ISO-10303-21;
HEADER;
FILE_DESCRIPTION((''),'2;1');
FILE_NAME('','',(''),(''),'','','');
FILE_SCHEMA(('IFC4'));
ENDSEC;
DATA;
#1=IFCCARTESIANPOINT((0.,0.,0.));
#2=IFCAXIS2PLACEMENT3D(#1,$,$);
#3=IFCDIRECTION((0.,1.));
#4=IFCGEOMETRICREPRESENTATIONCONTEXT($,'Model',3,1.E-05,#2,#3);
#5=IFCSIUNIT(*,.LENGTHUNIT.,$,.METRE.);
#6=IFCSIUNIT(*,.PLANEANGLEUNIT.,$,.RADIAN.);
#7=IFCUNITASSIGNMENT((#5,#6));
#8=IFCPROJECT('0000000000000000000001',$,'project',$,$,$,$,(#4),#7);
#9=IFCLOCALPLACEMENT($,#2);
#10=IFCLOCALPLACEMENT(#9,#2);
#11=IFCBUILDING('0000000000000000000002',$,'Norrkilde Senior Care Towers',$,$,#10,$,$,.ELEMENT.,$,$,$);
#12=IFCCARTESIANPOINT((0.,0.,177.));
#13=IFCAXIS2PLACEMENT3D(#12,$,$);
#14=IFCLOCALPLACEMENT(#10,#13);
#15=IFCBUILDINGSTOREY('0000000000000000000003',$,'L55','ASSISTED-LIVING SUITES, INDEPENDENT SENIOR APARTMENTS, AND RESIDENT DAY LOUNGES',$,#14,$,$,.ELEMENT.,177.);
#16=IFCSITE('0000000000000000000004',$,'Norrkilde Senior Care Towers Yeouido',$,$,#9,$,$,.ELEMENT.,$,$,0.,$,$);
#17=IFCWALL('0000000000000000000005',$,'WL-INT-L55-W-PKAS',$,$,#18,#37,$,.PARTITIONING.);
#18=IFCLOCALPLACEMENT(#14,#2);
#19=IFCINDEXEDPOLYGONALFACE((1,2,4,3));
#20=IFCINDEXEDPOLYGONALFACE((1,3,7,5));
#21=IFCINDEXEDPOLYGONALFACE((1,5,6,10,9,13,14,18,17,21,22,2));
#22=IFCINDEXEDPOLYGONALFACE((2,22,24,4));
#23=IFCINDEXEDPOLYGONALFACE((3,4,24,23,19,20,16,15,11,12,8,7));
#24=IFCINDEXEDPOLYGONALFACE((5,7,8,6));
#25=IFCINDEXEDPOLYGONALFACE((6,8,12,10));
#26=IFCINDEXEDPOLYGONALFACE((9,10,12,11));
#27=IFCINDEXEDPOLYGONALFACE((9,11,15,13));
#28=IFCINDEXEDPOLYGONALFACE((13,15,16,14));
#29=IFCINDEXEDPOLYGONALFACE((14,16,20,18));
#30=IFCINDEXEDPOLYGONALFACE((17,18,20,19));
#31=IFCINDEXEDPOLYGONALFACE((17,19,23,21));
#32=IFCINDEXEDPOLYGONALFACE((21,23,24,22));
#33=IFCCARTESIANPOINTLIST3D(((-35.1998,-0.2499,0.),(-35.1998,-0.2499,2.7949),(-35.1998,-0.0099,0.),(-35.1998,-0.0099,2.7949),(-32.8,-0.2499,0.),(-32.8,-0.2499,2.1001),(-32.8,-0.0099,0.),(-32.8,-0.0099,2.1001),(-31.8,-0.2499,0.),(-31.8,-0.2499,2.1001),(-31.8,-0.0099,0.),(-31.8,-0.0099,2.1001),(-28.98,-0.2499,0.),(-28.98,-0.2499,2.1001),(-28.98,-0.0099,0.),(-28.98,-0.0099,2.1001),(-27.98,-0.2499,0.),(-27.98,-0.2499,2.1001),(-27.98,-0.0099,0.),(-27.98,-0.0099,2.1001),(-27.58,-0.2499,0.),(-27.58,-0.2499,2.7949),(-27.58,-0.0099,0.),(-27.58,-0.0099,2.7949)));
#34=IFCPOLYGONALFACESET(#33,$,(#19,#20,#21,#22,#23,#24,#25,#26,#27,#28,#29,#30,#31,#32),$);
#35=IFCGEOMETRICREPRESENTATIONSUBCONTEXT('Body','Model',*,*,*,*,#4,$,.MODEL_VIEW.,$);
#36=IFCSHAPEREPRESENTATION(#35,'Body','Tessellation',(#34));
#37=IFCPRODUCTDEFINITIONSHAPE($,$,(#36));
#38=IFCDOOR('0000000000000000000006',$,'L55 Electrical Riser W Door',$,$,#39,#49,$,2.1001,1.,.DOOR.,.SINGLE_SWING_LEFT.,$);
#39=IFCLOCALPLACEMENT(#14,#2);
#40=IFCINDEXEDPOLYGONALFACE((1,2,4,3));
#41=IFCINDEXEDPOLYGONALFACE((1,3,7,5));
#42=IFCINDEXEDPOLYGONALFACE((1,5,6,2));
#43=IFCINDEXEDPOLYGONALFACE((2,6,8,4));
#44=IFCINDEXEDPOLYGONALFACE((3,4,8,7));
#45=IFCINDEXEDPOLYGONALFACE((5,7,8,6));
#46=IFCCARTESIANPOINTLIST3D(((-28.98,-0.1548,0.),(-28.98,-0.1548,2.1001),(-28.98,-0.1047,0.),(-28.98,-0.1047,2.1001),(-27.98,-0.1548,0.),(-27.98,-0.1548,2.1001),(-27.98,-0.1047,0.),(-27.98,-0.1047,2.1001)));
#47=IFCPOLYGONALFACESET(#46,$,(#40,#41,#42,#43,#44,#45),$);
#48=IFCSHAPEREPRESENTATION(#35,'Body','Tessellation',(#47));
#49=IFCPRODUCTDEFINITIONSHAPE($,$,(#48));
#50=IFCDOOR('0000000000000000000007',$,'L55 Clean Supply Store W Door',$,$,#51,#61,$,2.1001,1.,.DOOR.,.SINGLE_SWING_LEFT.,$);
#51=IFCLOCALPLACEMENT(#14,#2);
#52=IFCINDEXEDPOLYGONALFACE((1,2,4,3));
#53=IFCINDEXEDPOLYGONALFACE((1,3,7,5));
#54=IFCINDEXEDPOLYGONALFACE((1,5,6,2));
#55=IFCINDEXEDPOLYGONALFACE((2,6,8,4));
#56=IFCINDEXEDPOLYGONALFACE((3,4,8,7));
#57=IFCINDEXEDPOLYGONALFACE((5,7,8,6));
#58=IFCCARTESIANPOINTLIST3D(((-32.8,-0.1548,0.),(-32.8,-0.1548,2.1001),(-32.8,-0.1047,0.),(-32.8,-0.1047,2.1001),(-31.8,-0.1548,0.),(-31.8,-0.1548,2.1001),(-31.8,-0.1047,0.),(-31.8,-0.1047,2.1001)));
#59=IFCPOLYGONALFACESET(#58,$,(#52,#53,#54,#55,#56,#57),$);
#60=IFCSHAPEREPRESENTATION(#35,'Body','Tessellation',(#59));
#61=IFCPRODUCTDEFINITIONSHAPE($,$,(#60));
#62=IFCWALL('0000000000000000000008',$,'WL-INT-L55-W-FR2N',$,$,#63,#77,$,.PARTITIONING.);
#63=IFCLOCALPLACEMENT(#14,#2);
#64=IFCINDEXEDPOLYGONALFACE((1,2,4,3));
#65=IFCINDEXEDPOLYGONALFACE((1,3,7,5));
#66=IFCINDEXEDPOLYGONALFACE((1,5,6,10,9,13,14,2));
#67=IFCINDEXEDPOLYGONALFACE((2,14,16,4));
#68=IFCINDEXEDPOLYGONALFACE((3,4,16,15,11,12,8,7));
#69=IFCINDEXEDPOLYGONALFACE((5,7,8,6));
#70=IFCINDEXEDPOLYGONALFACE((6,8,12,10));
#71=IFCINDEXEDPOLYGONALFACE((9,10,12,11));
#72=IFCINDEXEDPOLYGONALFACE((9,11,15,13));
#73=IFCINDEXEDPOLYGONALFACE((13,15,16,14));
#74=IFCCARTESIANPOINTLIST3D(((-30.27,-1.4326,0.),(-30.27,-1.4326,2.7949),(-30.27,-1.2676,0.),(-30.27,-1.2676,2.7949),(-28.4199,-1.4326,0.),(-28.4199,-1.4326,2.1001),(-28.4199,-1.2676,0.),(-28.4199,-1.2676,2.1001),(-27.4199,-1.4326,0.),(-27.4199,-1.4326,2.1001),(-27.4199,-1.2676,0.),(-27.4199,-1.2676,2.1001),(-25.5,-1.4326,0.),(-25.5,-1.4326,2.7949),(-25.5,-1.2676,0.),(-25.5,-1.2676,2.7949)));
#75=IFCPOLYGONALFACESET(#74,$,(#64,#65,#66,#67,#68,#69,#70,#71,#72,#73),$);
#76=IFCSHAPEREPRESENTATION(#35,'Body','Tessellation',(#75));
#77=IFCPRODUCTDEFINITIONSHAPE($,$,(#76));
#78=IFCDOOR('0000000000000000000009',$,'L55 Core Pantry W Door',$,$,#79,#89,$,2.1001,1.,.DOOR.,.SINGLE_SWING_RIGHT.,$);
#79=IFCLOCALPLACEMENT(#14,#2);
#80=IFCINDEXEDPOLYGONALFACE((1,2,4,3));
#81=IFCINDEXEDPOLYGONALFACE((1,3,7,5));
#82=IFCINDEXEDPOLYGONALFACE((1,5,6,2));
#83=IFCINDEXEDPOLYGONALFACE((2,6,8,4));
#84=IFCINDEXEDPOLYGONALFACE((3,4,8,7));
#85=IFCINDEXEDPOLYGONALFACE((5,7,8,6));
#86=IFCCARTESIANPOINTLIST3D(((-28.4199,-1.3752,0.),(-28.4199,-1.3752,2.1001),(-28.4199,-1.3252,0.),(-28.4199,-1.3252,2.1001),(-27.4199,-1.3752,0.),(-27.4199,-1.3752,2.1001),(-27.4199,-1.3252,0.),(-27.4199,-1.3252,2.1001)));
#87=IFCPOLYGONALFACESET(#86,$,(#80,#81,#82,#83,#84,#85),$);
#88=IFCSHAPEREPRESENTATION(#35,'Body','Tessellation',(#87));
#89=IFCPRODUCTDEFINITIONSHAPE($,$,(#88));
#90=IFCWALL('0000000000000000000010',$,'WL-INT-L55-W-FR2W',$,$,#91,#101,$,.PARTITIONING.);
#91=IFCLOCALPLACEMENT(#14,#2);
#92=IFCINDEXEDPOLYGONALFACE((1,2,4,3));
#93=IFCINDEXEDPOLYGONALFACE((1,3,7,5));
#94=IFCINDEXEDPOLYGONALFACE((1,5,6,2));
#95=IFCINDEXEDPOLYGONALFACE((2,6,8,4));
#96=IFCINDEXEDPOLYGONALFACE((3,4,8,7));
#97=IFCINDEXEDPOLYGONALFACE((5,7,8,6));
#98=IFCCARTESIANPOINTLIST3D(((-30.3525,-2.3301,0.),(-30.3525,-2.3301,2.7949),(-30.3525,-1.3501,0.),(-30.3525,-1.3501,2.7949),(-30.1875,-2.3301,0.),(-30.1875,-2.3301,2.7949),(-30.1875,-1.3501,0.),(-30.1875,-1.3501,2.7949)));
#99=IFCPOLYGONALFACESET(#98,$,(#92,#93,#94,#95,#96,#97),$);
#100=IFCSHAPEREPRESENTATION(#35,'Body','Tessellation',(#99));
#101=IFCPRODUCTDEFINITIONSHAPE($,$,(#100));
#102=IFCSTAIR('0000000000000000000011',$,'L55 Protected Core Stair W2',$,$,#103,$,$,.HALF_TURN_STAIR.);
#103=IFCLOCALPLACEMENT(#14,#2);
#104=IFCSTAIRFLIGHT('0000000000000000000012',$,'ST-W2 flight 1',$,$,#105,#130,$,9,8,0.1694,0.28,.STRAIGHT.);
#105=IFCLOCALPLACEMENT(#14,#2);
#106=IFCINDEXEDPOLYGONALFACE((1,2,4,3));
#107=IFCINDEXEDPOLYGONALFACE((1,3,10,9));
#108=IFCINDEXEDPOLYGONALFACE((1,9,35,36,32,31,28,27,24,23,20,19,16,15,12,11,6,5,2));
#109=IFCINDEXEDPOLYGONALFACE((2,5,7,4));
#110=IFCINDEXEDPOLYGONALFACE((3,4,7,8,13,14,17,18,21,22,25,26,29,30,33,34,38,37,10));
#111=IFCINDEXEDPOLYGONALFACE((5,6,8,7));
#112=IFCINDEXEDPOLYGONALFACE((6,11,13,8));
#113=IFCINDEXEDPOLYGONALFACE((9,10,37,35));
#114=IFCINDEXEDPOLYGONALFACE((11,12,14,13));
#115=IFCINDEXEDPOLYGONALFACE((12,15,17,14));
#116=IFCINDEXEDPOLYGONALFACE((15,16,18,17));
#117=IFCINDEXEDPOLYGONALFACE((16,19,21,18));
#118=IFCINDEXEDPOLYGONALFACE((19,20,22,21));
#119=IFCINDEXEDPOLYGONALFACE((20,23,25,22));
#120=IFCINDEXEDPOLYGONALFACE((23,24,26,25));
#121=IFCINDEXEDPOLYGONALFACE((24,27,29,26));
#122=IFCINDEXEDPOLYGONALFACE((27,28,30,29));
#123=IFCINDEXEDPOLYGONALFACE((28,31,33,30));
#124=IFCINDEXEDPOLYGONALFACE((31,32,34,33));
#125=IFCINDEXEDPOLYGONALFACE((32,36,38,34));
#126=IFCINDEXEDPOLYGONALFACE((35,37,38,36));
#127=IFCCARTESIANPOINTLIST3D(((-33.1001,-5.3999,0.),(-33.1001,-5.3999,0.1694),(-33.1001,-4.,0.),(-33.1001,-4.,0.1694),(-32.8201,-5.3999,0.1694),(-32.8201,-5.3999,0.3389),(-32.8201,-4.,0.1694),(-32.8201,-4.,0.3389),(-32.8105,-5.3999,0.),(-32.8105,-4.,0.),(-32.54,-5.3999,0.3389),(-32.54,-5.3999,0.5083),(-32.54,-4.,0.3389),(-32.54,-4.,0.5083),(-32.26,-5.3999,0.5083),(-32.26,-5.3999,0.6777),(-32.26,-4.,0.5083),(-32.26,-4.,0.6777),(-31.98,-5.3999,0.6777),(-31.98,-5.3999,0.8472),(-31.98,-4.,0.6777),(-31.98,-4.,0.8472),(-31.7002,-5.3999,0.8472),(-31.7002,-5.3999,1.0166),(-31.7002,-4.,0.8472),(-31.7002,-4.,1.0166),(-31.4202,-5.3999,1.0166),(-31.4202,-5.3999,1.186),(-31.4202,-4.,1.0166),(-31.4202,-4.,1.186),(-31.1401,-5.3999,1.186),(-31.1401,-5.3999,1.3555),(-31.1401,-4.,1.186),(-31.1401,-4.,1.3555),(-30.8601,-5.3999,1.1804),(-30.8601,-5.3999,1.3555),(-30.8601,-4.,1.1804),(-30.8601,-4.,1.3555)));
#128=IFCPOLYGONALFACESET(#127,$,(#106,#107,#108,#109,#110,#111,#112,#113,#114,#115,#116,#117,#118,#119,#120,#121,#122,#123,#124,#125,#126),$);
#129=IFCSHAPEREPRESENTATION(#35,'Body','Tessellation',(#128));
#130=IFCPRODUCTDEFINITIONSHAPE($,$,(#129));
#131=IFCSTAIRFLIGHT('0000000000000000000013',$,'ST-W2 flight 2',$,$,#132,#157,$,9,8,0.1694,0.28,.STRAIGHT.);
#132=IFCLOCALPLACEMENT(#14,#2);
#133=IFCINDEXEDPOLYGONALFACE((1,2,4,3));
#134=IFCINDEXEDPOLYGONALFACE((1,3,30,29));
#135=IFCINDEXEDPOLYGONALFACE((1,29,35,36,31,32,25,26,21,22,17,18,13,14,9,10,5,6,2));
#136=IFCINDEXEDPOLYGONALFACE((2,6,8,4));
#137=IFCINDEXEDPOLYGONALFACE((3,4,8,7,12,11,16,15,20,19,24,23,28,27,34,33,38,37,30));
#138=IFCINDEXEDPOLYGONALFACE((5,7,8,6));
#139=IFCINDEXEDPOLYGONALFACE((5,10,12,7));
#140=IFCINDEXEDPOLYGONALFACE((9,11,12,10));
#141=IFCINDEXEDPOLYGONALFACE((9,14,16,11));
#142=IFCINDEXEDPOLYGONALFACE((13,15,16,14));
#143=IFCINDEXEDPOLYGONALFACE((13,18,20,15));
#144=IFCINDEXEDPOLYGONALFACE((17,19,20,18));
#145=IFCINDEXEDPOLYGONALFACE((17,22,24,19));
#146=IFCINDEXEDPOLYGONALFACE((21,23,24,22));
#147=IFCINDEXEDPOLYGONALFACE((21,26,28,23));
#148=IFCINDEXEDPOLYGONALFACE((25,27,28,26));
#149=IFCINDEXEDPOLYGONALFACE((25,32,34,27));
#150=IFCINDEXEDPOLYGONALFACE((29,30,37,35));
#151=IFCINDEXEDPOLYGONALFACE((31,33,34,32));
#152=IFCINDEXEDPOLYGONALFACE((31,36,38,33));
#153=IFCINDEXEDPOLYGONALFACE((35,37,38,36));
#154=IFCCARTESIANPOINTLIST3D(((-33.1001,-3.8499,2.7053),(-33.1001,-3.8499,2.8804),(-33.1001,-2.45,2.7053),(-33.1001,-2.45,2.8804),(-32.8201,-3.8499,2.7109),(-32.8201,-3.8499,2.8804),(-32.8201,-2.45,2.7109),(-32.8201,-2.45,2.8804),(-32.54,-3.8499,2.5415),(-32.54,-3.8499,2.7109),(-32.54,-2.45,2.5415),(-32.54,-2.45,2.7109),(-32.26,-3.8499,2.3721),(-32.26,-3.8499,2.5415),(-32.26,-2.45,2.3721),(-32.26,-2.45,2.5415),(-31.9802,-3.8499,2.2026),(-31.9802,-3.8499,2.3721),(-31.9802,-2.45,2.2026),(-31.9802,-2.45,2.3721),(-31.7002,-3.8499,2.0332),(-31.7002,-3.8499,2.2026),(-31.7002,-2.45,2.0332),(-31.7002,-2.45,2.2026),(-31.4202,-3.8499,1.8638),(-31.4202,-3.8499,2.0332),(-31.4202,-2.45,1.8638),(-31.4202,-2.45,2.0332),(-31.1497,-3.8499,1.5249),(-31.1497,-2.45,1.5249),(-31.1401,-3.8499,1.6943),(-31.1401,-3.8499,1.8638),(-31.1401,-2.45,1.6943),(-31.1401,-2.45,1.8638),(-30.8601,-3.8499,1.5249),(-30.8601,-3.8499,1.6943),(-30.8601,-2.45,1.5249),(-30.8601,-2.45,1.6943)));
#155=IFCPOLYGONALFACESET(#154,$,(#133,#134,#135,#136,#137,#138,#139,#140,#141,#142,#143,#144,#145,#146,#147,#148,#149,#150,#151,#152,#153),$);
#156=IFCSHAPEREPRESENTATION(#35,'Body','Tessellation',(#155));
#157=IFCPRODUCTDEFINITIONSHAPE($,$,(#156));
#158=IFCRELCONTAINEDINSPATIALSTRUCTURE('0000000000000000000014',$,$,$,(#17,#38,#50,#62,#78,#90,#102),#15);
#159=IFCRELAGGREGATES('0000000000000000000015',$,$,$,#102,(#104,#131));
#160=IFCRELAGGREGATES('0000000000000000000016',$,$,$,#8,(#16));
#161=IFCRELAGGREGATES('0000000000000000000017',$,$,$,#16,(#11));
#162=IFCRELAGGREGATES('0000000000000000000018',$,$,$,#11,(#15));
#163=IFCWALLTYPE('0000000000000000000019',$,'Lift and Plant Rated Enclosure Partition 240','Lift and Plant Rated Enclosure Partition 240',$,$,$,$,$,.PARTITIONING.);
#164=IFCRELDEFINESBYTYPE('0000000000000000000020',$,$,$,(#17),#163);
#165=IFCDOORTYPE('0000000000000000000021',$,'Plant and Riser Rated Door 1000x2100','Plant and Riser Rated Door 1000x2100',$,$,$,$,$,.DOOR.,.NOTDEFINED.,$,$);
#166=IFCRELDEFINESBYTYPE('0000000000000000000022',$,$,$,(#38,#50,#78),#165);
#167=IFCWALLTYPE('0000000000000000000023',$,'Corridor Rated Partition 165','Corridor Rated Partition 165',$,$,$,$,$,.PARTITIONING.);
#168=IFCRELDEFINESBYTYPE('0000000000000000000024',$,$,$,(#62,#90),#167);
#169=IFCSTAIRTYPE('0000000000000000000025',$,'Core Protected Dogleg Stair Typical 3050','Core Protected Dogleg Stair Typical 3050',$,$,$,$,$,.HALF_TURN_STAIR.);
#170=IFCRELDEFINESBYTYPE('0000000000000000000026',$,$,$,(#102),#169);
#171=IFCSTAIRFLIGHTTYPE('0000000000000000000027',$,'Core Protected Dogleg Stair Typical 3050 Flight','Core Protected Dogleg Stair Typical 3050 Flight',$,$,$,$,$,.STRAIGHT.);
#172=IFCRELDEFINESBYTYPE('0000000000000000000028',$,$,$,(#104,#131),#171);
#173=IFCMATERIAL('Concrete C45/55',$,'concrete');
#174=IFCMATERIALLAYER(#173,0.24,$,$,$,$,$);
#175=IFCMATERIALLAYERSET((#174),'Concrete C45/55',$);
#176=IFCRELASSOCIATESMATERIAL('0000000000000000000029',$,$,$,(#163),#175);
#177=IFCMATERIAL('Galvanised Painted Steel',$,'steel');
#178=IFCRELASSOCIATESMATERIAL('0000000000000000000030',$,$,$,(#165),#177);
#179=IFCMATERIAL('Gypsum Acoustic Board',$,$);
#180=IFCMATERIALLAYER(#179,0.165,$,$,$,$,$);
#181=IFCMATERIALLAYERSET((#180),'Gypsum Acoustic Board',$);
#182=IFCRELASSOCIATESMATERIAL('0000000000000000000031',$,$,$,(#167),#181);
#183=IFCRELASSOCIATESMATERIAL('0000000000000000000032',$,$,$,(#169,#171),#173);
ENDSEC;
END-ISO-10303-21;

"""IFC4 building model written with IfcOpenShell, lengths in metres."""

from ifc_helpers import new_model, si_unit, direction, frame, frame_2d, origin, place, context, subcontext, project, spatial, polyline, rectangle, outline, extrude, source, transform, mapped, material, layer, layer_set, type_object, type_shapes, element, fill, aggregate, save


model = new_model("IFC4")

# Units and contexts
model_context = context("Model", 3, precision=1e-05, world=origin(), true_north=direction((0.0, 1.0)))
body_context = subcontext(model_context, "Body", "Model", "MODEL_VIEW")
ifc_project = project(units=[si_unit("LENGTHUNIT", "METRE"), si_unit("PLANEANGLEUNIT", "RADIAN")], contexts=[model_context])

# Site, building, storey
site_placement = place(None, origin())
site = spatial("IfcSite", under=ifc_project, at=site_placement, Name="Norrkilde Senior Care Towers Yeouido", CompositionType="ELEMENT", RefElevation=0.0)
building_placement = place(site_placement, origin())
building = spatial("IfcBuilding", under=site, at=building_placement, Name="Norrkilde Senior Care Towers", CompositionType="ELEMENT")
storey_placement = place(building_placement, frame((0.0, 0.0, 177.0)))
storey = spatial("IfcBuildingStorey", under=building, at=storey_placement, Name="L55", Description="ASSISTED-LIVING SUITES, INDEPENDENT SENIOR APARTMENTS, AND RESIDENT DAY LOUNGES", CompositionType="ELEMENT", Elevation=177.0)

# Shared definitions
ifc_material_1 = material(Name="Concrete C45/55", Category="concrete")

# Wall, openings, doors
ifc_layer_1 = layer(ifc_material_1, 0.24)
ifc_layer_set_1 = layer_set([ifc_layer_1], Name="Concrete C45/55")
wall_type_1 = type_object("IfcWallType", Name="Lift and Plant Rated Enclosure Partition 240", Description="Lift and Plant Rated Enclosure Partition 240", PredefinedType="PARTITIONING", material=ifc_layer_set_1)
shared_shape_1 = source(origin(), body_context, "Body", "SweptSolid", [
    extrude(rectangle(XDim=7.6199, YDim=0.24, at=frame_2d((3.8101, 0.0))), origin(), (0.0, 0.0, 1.0), 2.7949),
])
type_shapes(wall_type_1, [shared_shape_1])
wall_1_placement = place(storey_placement, frame((-35.2, -0.1299, 0.0), z_axis=(0.0, 0.0, 1.0), x_axis=(1.0, 0.0, 0.0)))
wall_1 = element("IfcWall", 1, at=wall_1_placement, inside=storey, type_object=wall_type_1, Name="WL-INT-L55-W-PKAS", PredefinedType="PARTITIONING", context=body_context, shape_type="MappedRepresentation", body=[
    mapped(shared_shape_1, transform((0.0, 0.0, 0.0), x_axis=(1.0, 0.0, 0.0), y_axis=(0.0, 1.0, 0.0), z_axis=(0.0, 0.0, 1.0), scale=1.0)),
])
opening_1_placement = place(wall_1_placement, frame((6.22, 0.0, 0.0)))
opening_1 = element("IfcOpeningElement", 2, at=opening_1_placement, cuts=wall_1, PredefinedType="OPENING", context=body_context, shape_type="SweptSolid", body=[
    extrude(rectangle(XDim=1.0, YDim=2.1001, at=frame_2d((0.5, 1.05))), frame((0.0, 0.1299, 0.0), z_axis=(0.0, -1.0, 0.0), x_axis=(1.0, 0.0, 0.0)), (0.0, 0.0, 1.0), 0.26),
])
opening_2_placement = place(wall_1_placement, frame((2.3999, 0.0, 0.0)))
opening_2 = element("IfcOpeningElement", 3, at=opening_2_placement, cuts=wall_1, PredefinedType="OPENING", context=body_context, shape_type="SweptSolid", body=[
    extrude(rectangle(XDim=1.0, YDim=2.1001, at=frame_2d((0.5, 1.05))), frame((0.0, 0.1299, 0.0), z_axis=(0.0, -1.0, 0.0), x_axis=(1.0, 0.0, 0.0)), (0.0, 0.0, 1.0), 0.26),
])
ifc_material_2 = material(Name="Galvanised Painted Steel", Category="steel")
door_type = type_object("IfcDoorType", Name="Plant and Riser Rated Door 1000x2100", Description="Plant and Riser Rated Door 1000x2100", OperationType="NOTDEFINED", PredefinedType="DOOR", material=ifc_material_2)
shared_shape_2 = source(origin(), body_context, "Body", "SweptSolid", [
    extrude(rectangle(XDim=1.0, YDim=2.1001, at=frame_2d((0.5, 1.05))), frame((0.0, 0.0249, 0.0), z_axis=(0.0, -1.0, 0.0), x_axis=(1.0, 0.0, 0.0)), (0.0, 0.0, 1.0), 0.05),
])
type_shapes(door_type, [shared_shape_2])
door_1_placement = place(opening_1_placement, frame((1.0, 0.0, 0.0), z_axis=(0.0, 0.0, 1.0), x_axis=(-1.0, 0.0, 0.0)))
door_1 = element("IfcDoor", 4, at=door_1_placement, inside=storey, type_object=door_type, Name="L55 Electrical Riser W Door", OperationType="SINGLE_SWING_LEFT", OverallHeight=2.1001, OverallWidth=1.0, PredefinedType="DOOR", context=body_context, shape_type="MappedRepresentation", body=[
    mapped(shared_shape_2, transform((0.0, 0.0, 0.0), x_axis=(1.0, 0.0, 0.0), y_axis=(0.0, 1.0, 0.0), z_axis=(0.0, 0.0, 1.0), scale=1.0)),
])
fill(opening_1, door_1)
door_2_placement = place(opening_2_placement, frame((1.0, 0.0, 0.0), z_axis=(0.0, 0.0, 1.0), x_axis=(-1.0, 0.0, 0.0)))
door_2 = element("IfcDoor", 5, at=door_2_placement, inside=storey, type_object=door_type, Name="L55 Clean Supply Store W Door", OperationType="SINGLE_SWING_LEFT", OverallHeight=2.1001, OverallWidth=1.0, PredefinedType="DOOR", context=body_context, shape_type="MappedRepresentation", body=[
    mapped(shared_shape_2, transform((0.0, 0.0, 0.0), x_axis=(1.0, 0.0, 0.0), y_axis=(0.0, 1.0, 0.0), z_axis=(0.0, 0.0, 1.0), scale=1.0)),
])
fill(opening_2, door_2)

# Wall, opening, door
ifc_material_3 = material(Name="Gypsum Acoustic Board")
ifc_layer_2 = layer(ifc_material_3, 0.165)
ifc_layer_set_2 = layer_set([ifc_layer_2], Name="Gypsum Acoustic Board")
wall_type_2 = type_object("IfcWallType", Name="Corridor Rated Partition 165", Description="Corridor Rated Partition 165", PredefinedType="PARTITIONING", material=ifc_layer_set_2)
shared_shape_3 = source(origin(), body_context, "Body", "SweptSolid", [
    extrude(rectangle(XDim=4.77, YDim=0.165, at=frame_2d((2.385, 0.0))), origin(), (0.0, 0.0, 1.0), 2.7949),
])
wall_2_placement = place(storey_placement, frame((-30.27, -1.3501, 0.0), z_axis=(0.0, 0.0, 1.0), x_axis=(1.0, 0.0, 0.0)))
wall_2 = element("IfcWall", 6, at=wall_2_placement, inside=storey, type_object=wall_type_2, Name="WL-INT-L55-W-FR2N", PredefinedType="PARTITIONING", context=body_context, shape_type="MappedRepresentation", body=[
    mapped(shared_shape_3, transform((0.0, 0.0, 0.0), x_axis=(1.0, 0.0, 0.0), y_axis=(0.0, 1.0, 0.0), z_axis=(0.0, 0.0, 1.0), scale=1.0)),
])
opening_3_placement = place(wall_2_placement, frame((1.8501, 0.0, 0.0)))
opening_3 = element("IfcOpeningElement", 7, at=opening_3_placement, cuts=wall_2, PredefinedType="OPENING", context=body_context, shape_type="SweptSolid", body=[
    extrude(rectangle(XDim=1.0, YDim=2.1001, at=frame_2d((0.5, 1.05))), frame((0.0, 0.0925, 0.0), z_axis=(0.0, -1.0, 0.0), x_axis=(1.0, 0.0, 0.0)), (0.0, 0.0, 1.0), 0.1851),
])
door_3_placement = place(opening_3_placement, origin())
door_3 = element("IfcDoor", 8, at=door_3_placement, inside=storey, type_object=door_type, Name="L55 Core Pantry W Door", OperationType="SINGLE_SWING_RIGHT", OverallHeight=2.1001, OverallWidth=1.0, PredefinedType="DOOR", context=body_context, shape_type="MappedRepresentation", body=[
    mapped(shared_shape_2, transform((0.0, 0.0, 0.0), x_axis=(1.0, 0.0, 0.0), y_axis=(0.0, 1.0, 0.0), z_axis=(0.0, 0.0, 1.0), scale=1.0)),
])
fill(opening_3, door_3)

# Wall
shared_shape_4 = source(origin(), body_context, "Body", "SweptSolid", [
    extrude(rectangle(XDim=0.98, YDim=0.165, at=frame_2d((0.49, 0.0))), origin(), (0.0, 0.0, 1.0), 2.7949),
])
type_shapes(wall_type_2, [shared_shape_3, shared_shape_4])
wall_3_placement = place(storey_placement, frame((-30.27, -2.3301, 0.0), z_axis=(0.0, 0.0, 1.0), x_axis=(0.0, 1.0, 0.0)))
element("IfcWall", 9, at=wall_3_placement, inside=storey, type_object=wall_type_2, Name="WL-INT-L55-W-FR2W", PredefinedType="PARTITIONING", context=body_context, shape_type="MappedRepresentation", body=[
    mapped(shared_shape_4, transform((0.0, 0.0, 0.0), x_axis=(1.0, 0.0, 0.0), y_axis=(0.0, 1.0, 0.0), z_axis=(0.0, 0.0, 1.0), scale=1.0)),
])

# Stair, stair flights
stair_type = type_object("IfcStairType", Name="Core Protected Dogleg Stair Typical 3050", Description="Core Protected Dogleg Stair Typical 3050", PredefinedType="HALF_TURN_STAIR", material=ifc_material_1)
stair_placement = place(storey_placement, origin())
stair = element("IfcStair", 10, at=stair_placement, inside=storey, type_object=stair_type, Name="L55 Protected Core Stair W2", PredefinedType="HALF_TURN_STAIR")
stair_flight_type = type_object("IfcStairFlightType", Name="Core Protected Dogleg Stair Typical 3050 Flight", Description="Core Protected Dogleg Stair Typical 3050 Flight", PredefinedType="STRAIGHT", material=ifc_material_1)
stair_flight_1_placement = place(storey_placement, frame((-33.1001, -4.7, 0.0), z_axis=(0.0, 0.0, 1.0), x_axis=(1.0, 0.0, 0.0)))
stair_flight_1 = element("IfcStairFlight", 11, at=stair_flight_1_placement, type_object=stair_flight_type, Name="ST-W2 flight 1", NumberOfRisers=9, NumberOfTreads=8, PredefinedType="STRAIGHT", RiserHeight=0.1694, TreadLength=0.28, context=body_context, shape_type="SweptSolid", body=[
    extrude(outline(polyline([(0.0, 0.0), (0.0, 0.1694), (0.28, 0.1694), (0.28, 0.3389), (0.5601, 0.3389), (0.5601, 0.5083), (0.8401, 0.5083), (0.8401, 0.6777), (1.1201, 0.6777), (1.1201, 0.8472), (1.3999, 0.8472), (1.3999, 1.0166), (1.6799, 1.0166), (1.6799, 1.186), (1.96, 1.186), (1.96, 1.3555), (2.24, 1.3555), (2.24, 1.5249), (2.24, 1.1804), (0.2896, 0.0), (0.0, 0.0)])), frame((0.0, 0.7, 0.0), z_axis=(0.0, -1.0, 0.0), x_axis=(1.0, 0.0, 0.0)), (0.0, 0.0, 1.0), 1.3999),
])
stair_flight_2_placement = place(storey_placement, frame((-30.8601, -3.1499, 1.5249), z_axis=(0.0, 0.0, 1.0), x_axis=(-1.0, 0.0, 0.0)))
stair_flight_2 = element("IfcStairFlight", 12, at=stair_flight_2_placement, type_object=stair_flight_type, Name="ST-W2 flight 2", NumberOfRisers=9, NumberOfTreads=8, PredefinedType="STRAIGHT", RiserHeight=0.1694, TreadLength=0.28, context=body_context, shape_type="SweptSolid", body=[
    extrude(outline(polyline([(0.0, 0.0), (0.0, 0.1694), (0.28, 0.1694), (0.28, 0.3389), (0.5601, 0.3389), (0.5601, 0.5083), (0.8401, 0.5083), (0.8401, 0.6777), (1.1201, 0.6777), (1.1201, 0.8472), (1.3999, 0.8472), (1.3999, 1.0166), (1.6799, 1.0166), (1.6799, 1.186), (1.96, 1.186), (1.96, 1.3555), (2.24, 1.3555), (2.24, 1.5249), (2.24, 1.1804), (0.2896, 0.0), (0.0, 0.0)])), frame((0.0, 0.7, 0.0), z_axis=(0.0, -1.0, 0.0), x_axis=(1.0, 0.0, 0.0)), (0.0, 0.0, 1.0), 1.3999),
])
aggregate(stair, [stair_flight_1, stair_flight_2])

save(model, "model.ifc")
